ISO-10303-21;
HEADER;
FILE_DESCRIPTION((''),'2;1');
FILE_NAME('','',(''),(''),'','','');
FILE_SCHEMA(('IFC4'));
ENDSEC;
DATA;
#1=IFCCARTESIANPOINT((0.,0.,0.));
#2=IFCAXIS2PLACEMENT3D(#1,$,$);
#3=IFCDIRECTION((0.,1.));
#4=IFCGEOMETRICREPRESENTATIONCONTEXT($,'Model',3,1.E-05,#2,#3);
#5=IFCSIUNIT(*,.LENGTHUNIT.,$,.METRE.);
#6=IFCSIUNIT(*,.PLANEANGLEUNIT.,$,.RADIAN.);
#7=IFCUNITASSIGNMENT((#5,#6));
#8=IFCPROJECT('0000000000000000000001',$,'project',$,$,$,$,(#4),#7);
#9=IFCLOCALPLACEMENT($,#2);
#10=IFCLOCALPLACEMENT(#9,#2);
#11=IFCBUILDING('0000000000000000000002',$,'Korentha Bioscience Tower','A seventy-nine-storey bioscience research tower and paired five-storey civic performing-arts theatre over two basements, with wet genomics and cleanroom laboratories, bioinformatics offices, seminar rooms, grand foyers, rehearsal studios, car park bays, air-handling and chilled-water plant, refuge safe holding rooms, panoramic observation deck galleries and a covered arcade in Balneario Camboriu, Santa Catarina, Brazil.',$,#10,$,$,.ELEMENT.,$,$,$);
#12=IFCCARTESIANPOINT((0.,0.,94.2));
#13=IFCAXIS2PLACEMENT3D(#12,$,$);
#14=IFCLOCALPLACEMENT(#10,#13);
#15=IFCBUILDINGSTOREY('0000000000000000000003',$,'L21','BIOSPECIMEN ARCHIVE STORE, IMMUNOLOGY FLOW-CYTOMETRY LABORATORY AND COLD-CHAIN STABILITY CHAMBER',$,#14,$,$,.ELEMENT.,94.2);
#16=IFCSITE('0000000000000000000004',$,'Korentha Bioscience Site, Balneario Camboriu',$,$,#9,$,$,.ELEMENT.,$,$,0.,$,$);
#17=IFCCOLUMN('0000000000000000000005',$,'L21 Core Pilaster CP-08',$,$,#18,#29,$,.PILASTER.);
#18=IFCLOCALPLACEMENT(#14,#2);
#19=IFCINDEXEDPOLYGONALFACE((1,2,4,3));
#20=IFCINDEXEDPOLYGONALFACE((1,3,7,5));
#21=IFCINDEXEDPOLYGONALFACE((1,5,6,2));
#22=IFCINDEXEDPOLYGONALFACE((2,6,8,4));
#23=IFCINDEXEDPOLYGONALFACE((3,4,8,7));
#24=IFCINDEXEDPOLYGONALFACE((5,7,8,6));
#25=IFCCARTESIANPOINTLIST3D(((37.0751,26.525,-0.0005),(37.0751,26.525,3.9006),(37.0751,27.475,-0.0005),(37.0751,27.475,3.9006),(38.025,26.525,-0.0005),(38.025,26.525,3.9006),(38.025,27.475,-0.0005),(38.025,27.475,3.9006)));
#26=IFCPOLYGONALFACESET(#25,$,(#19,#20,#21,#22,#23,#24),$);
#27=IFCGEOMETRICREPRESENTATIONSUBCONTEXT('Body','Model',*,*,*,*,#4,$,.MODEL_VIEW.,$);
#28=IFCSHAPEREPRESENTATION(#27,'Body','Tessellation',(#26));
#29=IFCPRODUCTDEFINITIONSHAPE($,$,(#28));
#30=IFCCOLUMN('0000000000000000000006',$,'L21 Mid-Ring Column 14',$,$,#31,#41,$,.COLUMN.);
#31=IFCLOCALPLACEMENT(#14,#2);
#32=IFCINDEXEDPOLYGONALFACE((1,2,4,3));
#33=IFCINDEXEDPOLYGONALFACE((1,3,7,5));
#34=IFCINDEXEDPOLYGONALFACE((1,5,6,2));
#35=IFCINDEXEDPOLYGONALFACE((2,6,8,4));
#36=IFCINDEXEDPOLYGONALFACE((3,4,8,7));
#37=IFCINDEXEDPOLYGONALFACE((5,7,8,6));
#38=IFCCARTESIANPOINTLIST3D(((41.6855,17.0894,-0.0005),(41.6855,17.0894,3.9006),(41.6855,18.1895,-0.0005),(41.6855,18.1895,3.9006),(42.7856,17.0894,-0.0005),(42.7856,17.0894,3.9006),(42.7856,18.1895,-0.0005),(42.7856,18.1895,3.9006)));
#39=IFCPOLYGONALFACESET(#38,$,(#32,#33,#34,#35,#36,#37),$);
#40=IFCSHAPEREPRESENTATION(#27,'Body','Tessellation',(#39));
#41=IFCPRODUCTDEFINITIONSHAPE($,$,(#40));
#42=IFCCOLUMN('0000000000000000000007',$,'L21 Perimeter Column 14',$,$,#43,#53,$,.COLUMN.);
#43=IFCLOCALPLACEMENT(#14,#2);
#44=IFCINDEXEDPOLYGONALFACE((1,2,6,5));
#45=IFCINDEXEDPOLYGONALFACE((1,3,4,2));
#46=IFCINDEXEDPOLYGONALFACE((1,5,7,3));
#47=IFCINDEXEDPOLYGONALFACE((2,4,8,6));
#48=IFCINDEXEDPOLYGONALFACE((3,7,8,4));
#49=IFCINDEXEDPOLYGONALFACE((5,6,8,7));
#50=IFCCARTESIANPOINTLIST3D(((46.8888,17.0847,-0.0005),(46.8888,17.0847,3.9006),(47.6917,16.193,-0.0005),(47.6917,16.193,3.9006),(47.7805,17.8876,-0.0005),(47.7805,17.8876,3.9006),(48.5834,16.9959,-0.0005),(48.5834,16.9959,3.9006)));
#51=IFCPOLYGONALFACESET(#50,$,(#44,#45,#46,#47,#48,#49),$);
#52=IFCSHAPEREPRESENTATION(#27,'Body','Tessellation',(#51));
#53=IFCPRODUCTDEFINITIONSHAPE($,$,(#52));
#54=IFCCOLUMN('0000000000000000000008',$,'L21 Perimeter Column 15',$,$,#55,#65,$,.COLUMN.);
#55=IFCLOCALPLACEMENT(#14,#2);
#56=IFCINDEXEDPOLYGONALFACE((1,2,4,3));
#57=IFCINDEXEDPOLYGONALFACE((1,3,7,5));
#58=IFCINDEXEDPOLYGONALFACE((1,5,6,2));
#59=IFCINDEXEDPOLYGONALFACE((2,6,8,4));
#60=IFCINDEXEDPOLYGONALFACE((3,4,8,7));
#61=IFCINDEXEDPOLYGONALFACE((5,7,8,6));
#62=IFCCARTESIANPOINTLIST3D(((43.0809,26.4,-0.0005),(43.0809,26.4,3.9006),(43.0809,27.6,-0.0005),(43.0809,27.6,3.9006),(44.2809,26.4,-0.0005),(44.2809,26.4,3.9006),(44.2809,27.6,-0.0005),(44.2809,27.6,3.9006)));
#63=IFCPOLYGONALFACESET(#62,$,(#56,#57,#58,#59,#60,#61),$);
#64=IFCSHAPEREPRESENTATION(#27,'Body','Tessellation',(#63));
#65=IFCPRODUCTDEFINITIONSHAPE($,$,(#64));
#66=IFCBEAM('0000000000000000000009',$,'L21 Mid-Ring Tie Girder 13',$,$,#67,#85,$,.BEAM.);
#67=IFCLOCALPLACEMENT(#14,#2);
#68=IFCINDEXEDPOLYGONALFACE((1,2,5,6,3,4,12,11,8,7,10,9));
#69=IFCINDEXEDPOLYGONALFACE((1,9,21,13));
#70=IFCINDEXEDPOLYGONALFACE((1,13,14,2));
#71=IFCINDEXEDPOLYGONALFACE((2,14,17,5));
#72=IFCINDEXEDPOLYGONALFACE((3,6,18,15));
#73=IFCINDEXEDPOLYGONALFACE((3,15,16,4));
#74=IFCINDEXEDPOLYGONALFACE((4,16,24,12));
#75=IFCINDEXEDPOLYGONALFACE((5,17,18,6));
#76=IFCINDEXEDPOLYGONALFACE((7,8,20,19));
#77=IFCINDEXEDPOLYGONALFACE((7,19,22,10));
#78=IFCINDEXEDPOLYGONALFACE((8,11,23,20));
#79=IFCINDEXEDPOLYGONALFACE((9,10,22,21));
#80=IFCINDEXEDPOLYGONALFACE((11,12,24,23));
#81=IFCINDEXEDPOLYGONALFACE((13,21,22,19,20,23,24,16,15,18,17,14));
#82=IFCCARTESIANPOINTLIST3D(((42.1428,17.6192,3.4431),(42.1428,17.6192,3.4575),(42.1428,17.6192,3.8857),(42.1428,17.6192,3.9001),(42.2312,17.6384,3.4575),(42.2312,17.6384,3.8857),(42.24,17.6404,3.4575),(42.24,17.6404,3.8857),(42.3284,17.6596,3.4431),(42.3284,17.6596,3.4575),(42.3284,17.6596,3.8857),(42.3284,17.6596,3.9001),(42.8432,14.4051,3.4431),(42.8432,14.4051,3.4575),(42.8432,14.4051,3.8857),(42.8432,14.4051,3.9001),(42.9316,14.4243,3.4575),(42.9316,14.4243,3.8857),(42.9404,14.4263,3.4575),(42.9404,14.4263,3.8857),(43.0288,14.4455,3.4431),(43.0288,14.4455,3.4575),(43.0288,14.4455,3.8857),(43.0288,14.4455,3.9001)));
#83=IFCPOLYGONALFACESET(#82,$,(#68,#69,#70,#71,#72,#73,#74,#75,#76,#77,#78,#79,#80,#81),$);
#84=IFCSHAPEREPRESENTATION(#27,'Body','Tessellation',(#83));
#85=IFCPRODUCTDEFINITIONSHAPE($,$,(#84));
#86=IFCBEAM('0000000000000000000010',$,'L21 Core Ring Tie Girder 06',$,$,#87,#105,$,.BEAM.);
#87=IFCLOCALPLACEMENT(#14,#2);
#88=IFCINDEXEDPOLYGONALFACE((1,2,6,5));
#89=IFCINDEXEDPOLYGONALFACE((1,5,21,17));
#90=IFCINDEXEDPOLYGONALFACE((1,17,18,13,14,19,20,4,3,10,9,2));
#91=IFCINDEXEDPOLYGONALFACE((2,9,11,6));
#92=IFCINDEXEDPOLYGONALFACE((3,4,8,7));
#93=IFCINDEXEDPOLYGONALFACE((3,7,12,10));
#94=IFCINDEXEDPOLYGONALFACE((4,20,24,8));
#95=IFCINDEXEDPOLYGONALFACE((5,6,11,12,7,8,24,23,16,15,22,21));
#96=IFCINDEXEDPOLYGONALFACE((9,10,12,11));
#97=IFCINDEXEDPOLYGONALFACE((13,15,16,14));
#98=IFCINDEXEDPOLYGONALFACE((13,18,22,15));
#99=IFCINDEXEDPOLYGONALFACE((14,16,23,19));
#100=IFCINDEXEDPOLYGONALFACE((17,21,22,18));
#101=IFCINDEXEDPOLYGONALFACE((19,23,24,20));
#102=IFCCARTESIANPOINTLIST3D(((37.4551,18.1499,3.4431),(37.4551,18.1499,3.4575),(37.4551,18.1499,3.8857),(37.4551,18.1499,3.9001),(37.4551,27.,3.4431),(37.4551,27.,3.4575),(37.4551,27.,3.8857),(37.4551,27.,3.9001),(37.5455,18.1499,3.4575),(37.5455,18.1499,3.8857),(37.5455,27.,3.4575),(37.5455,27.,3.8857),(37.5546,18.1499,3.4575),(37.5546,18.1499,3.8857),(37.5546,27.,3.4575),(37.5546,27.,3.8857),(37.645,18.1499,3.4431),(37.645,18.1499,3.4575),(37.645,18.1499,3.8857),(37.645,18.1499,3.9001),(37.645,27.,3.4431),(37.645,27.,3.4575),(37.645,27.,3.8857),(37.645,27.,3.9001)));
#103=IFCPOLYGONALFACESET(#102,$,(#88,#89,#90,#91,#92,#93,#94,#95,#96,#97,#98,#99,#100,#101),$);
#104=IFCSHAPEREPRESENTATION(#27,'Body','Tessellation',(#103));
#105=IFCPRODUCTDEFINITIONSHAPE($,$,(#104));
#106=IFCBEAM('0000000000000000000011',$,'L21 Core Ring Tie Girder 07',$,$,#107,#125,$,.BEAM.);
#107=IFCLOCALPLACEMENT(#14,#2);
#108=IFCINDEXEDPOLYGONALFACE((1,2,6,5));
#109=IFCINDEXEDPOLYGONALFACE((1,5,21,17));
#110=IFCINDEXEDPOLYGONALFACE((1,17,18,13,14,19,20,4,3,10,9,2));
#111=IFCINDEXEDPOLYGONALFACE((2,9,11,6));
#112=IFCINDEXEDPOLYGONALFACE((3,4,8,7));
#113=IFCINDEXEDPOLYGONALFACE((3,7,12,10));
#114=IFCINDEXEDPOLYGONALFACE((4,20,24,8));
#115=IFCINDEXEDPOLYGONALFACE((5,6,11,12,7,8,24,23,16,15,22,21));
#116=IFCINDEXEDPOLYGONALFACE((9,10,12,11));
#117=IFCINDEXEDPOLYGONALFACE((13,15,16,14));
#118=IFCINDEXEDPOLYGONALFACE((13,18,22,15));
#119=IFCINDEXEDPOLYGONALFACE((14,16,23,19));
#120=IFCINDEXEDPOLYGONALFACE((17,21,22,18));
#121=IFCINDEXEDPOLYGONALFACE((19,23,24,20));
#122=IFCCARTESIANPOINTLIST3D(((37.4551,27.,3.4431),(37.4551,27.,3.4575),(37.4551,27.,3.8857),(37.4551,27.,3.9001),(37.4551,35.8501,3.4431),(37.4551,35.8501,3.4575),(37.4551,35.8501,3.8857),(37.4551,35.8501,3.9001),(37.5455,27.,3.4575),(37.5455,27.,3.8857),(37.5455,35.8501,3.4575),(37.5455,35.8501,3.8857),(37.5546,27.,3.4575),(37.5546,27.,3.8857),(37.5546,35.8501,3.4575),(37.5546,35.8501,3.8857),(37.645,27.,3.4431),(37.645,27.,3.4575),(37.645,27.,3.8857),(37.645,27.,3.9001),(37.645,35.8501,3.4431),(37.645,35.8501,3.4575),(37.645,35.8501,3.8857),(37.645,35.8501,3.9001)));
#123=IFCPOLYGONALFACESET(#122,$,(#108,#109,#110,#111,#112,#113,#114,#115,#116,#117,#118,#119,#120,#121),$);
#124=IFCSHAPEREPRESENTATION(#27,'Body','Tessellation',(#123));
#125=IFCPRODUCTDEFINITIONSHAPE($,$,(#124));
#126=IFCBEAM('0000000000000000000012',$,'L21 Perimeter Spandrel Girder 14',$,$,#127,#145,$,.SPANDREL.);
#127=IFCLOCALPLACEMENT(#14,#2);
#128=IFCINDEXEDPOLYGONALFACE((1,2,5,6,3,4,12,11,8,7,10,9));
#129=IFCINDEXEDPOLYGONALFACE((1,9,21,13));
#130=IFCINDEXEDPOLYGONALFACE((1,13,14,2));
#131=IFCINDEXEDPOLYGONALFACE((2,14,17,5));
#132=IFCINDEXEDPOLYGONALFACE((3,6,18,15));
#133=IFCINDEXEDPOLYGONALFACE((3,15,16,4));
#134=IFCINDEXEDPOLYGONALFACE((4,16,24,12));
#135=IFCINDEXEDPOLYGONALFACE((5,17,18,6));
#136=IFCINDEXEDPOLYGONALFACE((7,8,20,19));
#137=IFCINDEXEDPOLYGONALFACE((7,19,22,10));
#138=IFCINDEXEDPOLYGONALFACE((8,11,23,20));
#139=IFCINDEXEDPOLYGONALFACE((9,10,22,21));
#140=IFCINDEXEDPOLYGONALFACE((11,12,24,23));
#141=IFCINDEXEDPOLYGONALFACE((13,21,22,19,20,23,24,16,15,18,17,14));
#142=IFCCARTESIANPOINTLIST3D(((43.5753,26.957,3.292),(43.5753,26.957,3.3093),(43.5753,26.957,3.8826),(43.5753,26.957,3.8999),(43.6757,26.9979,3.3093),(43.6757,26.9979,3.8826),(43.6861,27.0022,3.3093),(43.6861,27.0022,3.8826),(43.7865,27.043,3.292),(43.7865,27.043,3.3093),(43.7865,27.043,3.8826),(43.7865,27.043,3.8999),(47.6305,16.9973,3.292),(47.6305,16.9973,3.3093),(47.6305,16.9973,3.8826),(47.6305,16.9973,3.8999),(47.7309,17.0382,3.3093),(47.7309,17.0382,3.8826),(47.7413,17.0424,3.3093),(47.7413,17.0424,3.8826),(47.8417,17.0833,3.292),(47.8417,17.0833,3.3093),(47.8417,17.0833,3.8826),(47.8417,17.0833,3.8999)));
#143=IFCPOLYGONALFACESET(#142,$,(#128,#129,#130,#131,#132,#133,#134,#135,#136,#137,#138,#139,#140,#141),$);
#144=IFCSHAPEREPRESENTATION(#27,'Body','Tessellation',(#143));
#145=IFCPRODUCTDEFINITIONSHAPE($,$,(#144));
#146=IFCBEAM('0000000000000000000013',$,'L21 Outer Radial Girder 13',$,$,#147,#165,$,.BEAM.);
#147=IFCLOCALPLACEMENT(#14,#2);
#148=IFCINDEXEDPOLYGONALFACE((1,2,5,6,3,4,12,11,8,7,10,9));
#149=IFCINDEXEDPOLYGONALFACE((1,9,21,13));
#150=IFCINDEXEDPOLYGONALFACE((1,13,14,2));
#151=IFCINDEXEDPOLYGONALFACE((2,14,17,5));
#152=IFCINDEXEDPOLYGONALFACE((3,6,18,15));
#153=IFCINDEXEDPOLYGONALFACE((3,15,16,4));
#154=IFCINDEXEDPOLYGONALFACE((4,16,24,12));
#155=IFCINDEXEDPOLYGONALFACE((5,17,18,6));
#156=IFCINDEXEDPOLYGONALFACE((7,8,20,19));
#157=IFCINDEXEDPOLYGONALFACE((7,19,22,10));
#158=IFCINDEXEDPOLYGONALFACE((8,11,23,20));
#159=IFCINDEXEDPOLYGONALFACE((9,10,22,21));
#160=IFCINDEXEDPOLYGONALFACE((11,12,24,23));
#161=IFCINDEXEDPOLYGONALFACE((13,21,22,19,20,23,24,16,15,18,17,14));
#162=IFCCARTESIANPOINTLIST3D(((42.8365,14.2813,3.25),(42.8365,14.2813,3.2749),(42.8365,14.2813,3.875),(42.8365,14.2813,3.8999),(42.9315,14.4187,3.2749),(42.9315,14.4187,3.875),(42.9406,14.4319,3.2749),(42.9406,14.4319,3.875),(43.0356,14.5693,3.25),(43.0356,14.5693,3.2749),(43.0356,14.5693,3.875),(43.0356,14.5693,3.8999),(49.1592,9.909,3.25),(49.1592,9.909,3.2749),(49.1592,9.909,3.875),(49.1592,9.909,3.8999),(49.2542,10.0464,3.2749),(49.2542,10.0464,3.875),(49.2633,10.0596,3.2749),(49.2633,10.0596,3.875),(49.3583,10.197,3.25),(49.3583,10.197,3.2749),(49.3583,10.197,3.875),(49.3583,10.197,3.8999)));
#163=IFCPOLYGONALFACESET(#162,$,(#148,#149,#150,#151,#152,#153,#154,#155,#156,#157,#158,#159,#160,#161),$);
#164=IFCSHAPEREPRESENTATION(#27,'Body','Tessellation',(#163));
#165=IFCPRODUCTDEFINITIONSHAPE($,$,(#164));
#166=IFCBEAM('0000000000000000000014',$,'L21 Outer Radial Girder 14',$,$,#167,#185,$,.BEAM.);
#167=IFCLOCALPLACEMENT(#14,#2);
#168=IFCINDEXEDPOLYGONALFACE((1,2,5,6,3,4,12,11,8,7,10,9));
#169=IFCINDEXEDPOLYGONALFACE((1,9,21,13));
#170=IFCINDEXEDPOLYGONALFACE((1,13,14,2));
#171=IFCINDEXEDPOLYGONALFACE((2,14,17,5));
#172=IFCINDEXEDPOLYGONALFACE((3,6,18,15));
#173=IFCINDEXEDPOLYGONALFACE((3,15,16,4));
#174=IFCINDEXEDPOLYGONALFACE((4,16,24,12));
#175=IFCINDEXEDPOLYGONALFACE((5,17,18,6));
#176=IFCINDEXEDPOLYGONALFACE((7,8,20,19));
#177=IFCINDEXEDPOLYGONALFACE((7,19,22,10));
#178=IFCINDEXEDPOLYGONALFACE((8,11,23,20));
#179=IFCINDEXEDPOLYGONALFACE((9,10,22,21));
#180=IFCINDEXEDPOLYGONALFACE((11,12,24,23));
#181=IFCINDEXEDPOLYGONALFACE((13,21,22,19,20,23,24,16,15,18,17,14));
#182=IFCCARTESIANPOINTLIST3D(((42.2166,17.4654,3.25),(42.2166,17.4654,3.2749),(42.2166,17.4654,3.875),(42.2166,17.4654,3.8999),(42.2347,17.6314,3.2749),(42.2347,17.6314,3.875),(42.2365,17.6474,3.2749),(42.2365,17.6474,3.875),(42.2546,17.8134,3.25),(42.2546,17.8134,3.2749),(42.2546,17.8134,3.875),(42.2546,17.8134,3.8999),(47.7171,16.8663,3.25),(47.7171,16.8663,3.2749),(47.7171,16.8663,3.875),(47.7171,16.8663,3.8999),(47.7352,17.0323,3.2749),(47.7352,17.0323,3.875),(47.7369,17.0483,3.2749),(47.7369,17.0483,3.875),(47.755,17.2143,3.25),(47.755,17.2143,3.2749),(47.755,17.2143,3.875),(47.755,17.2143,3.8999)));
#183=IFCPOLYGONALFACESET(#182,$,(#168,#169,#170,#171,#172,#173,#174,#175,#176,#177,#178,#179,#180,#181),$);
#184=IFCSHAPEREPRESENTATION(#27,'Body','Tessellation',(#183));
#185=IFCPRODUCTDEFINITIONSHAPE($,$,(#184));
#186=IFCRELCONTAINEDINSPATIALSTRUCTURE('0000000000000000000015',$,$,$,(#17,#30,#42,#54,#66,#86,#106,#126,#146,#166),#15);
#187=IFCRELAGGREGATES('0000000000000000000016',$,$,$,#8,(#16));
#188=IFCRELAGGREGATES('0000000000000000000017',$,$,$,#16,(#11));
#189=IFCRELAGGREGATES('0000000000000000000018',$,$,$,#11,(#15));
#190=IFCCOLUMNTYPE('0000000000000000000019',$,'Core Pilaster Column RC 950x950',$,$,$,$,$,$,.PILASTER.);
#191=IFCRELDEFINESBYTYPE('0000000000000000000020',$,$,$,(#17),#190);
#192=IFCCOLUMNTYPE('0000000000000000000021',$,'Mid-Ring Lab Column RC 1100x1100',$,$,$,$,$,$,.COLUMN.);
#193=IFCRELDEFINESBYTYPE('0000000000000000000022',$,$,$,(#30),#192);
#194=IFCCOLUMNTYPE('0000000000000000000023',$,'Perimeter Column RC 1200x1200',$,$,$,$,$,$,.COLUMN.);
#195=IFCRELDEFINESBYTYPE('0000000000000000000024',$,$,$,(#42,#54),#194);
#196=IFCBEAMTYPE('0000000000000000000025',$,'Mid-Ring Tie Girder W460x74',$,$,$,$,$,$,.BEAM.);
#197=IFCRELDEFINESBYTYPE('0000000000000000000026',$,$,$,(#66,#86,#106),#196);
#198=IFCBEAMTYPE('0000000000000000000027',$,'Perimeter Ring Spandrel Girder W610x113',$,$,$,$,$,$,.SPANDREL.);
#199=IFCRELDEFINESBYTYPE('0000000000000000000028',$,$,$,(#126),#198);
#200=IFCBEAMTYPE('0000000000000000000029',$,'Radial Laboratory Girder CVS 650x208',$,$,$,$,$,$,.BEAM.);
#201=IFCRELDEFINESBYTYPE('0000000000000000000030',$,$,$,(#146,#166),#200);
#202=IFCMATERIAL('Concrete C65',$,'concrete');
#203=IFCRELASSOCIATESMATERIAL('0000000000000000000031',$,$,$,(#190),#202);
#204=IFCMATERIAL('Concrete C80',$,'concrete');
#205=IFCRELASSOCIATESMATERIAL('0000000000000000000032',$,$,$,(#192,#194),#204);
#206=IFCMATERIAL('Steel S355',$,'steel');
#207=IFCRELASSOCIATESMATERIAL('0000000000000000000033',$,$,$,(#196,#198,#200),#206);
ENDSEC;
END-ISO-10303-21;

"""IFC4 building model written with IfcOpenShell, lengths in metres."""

from ifc_helpers import new_model, si_unit, direction, frame, origin, origin_2d, place, context, subcontext, project, spatial, rectangle, i_section, extrude, material, material_profile, profile_set, type_object, element, save


model = new_model("IFC4")

# Units and contexts
model_context = context("Model", 3, precision=1e-05, world=origin(), true_north=direction((0.0, 1.0)))
body_context = subcontext(model_context, "Body", "Model", "MODEL_VIEW")
ifc_project = project(units=[si_unit("LENGTHUNIT", "METRE"), si_unit("PLANEANGLEUNIT", "RADIAN")], contexts=[model_context])

# Site, building, storey
site_placement = place(None, origin())
site = spatial("IfcSite", under=ifc_project, at=site_placement, Name="Korentha Bioscience Site, Balneario Camboriu", CompositionType="ELEMENT", RefElevation=0.0)
building_placement = place(site_placement, origin())
building = spatial("IfcBuilding", under=site, at=building_placement, Name="Korentha Bioscience Tower", Description="A seventy-nine-storey bioscience research tower and paired five-storey civic performing-arts theatre over two basements, with wet genomics and cleanroom laboratories, bioinformatics offices, seminar rooms, grand foyers, rehearsal studios, car park bays, air-handling and chilled-water plant, refuge safe holding rooms, panoramic observation deck galleries and a covered arcade in Balneario Camboriu, Santa Catarina, Brazil.", CompositionType="ELEMENT")
storey_placement = place(building_placement, frame((0.0, 0.0, 94.2)))
storey = spatial("IfcBuildingStorey", under=building, at=storey_placement, Name="L21", Description="BIOSPECIMEN ARCHIVE STORE, IMMUNOLOGY FLOW-CYTOMETRY LABORATORY AND COLD-CHAIN STABILITY CHAMBER", CompositionType="ELEMENT", Elevation=94.2)

# Columns
ifc_material_1 = material(Name="Concrete C65", Category="concrete")
ifc_material_profile_1 = material_profile(ifc_material_1, rectangle(XDim=0.95, YDim=0.95, at=origin_2d()), Name="Concrete C65")
ifc_profile_set_1 = profile_set([ifc_material_profile_1], Name="Concrete C65 (COL-CP09)")
column_type_1 = type_object("IfcColumnType", Name="Core Pilaster Column RC 950x950", PredefinedType="PILASTER", material=ifc_profile_set_1)
column_1_placement = place(storey_placement, frame((37.55, 27.0, -0.0005), z_axis=(0.0, 0.0, 1.0), x_axis=(1.0, 0.0, 0.0)))
element("IfcColumn", 1, at=column_1_placement, inside=storey, type_object=column_type_1, Name="L21 Core Pilaster CP-08", PredefinedType="PILASTER", context=body_context, shape_type="SweptSolid", body=[
    extrude(rectangle(XDim=0.95, YDim=0.95, at=origin_2d()), origin(), (0.0, 0.0, 1.0), 3.9011),
])
ifc_material_2 = material(Name="Concrete C80", Category="concrete")
ifc_material_profile_2 = material_profile(ifc_material_2, rectangle(XDim=1.1001, YDim=1.1001, at=origin_2d()), Name="Concrete C80")
ifc_profile_set_2 = profile_set([ifc_material_profile_2], Name="Concrete C80 (COL-MR11)")
column_type_2 = type_object("IfcColumnType", Name="Mid-Ring Lab Column RC 1100x1100", PredefinedType="COLUMN", material=ifc_profile_set_2)
column_2_placement = place(storey_placement, frame((42.2356, 17.6394, -0.0005), z_axis=(0.0, 0.0, 1.0), x_axis=(1.0, 0.0, 0.0)))
element("IfcColumn", 2, at=column_2_placement, inside=storey, type_object=column_type_2, Name="L21 Mid-Ring Column 14", PredefinedType="COLUMN", context=body_context, shape_type="SweptSolid", body=[
    extrude(rectangle(XDim=1.1001, YDim=1.1001, at=origin_2d()), origin(), (0.0, 0.0, 1.0), 3.9011),
])
ifc_material_profile_3 = material_profile(ifc_material_2, rectangle(XDim=1.2, YDim=1.2, at=origin_2d()), Name="Concrete C80")
ifc_profile_set_3 = profile_set([ifc_material_profile_3], Name="Concrete C80 (COL-P12)")
column_type_3 = type_object("IfcColumnType", Name="Perimeter Column RC 1200x1200", PredefinedType="COLUMN", material=ifc_profile_set_3)
for number, where, z_axis, x_axis, name in (
    (3, (47.7361, 17.0403, -0.0005), (0.0, 0.0, 1.0), (-0.669131, 0.743145, 0.0), "L21 Perimeter Column 14"),
    (4, (43.6809, 27.0, -0.0005), (0.0, 0.0, 1.0), (0.0, 1.0, 0.0), "L21 Perimeter Column 15"),
):
    element("IfcColumn", number, at=place(storey_placement, frame(where, z_axis=z_axis, x_axis=x_axis)), inside=storey, type_object=column_type_3, Name=name, PredefinedType="COLUMN", context=body_context, shape_type="SweptSolid", body=[
        extrude(rectangle(XDim=1.2, YDim=1.2, at=origin_2d()), origin(), (0.0, 0.0, 1.0), 3.9011),
    ])

# Beams
ifc_material_3 = material(Name="Steel S355", Category="steel")
ifc_material_profile_4 = material_profile(ifc_material_3, i_section(OverallWidth=0.1899, OverallDepth=0.457, WebThickness=0.009, FlangeThickness=0.0144, at=origin_2d()), Name="Steel S355")
ifc_profile_set_4 = profile_set([ifc_material_profile_4], Name="Steel S355 (MB-460)")
beam_type_1 = type_object("IfcBeamType", Name="Mid-Ring Tie Girder W460x74", PredefinedType="BEAM", material=ifc_profile_set_4)
beam_1_placement = place(storey_placement, frame((42.936, 14.4253, 3.6716), z_axis=(-0.212929, 0.977068, 0.0), x_axis=(-0.977068, -0.212929, 0.0)))
element("IfcBeam", 5, at=beam_1_placement, inside=storey, type_object=beam_type_1, Name="L21 Mid-Ring Tie Girder 13", PredefinedType="BEAM", context=body_context, shape_type="SweptSolid", body=[
    extrude(i_section(OverallWidth=0.1899, OverallDepth=0.457, WebThickness=0.009, FlangeThickness=0.0144, at=origin_2d()), origin(), (0.0, 0.0, 1.0), 3.2896),
])
for number, where, z_axis, x_axis, name in (
    (6, (37.55, 18.1499, 3.6716), (0.0, 1.0, 0.0), (-1.0, 0.0, 0.0), "L21 Core Ring Tie Girder 06"),
    (7, (37.55, 27.0, 3.6716), (0.0, 1.0, 0.0), (-1.0, 0.0, 0.0), "L21 Core Ring Tie Girder 07"),
):
    element("IfcBeam", number, at=place(storey_placement, frame(where, z_axis=z_axis, x_axis=x_axis)), inside=storey, type_object=beam_type_1, Name=name, PredefinedType="BEAM", context=body_context, shape_type="SweptSolid", body=[
        extrude(i_section(OverallWidth=0.1899, OverallDepth=0.457, WebThickness=0.009, FlangeThickness=0.0144, at=origin_2d()), origin(), (0.0, 0.0, 1.0), 8.8501),
    ])
ifc_material_profile_5 = material_profile(ifc_material_3, i_section(OverallWidth=0.228, OverallDepth=0.6079, WebThickness=0.0112, FlangeThickness=0.0173, at=origin_2d()), Name="Steel S355")
ifc_profile_set_5 = profile_set([ifc_material_profile_5], Name="Steel S355 (SB-610)")
beam_type_2 = type_object("IfcBeamType", Name="Perimeter Ring Spandrel Girder W610x113", PredefinedType="SPANDREL", material=ifc_profile_set_5)
beam_2_placement = place(storey_placement, frame((47.7361, 17.0403, 3.5959), z_axis=(-0.377099, 0.926173, 0.0), x_axis=(-0.926173, -0.377099, 0.0)))
element("IfcBeam", 8, at=beam_2_placement, inside=storey, type_object=beam_type_2, Name="L21 Perimeter Spandrel Girder 14", PredefinedType="SPANDREL", context=body_context, shape_type="SweptSolid", body=[
    extrude(i_section(OverallWidth=0.228, OverallDepth=0.6079, WebThickness=0.0112, FlangeThickness=0.0173, at=origin_2d()), origin(), (0.0, 0.0, 1.0), 10.7537),
])
ifc_material_profile_6 = material_profile(ifc_material_3, i_section(OverallWidth=0.3501, OverallDepth=0.6499, WebThickness=0.0161, FlangeThickness=0.0249, at=origin_2d()), Name="Steel S355")
ifc_profile_set_6 = profile_set([ifc_material_profile_6], Name="Steel S355 (RB-650)")
beam_type_3 = type_object("IfcBeamType", Name="Radial Laboratory Girder CVS 650x208", PredefinedType="BEAM", material=ifc_profile_set_6)
beam_3_placement = place(storey_placement, frame((42.936, 14.4253, 3.575), z_axis=(0.822495, -0.568772, 0.0), x_axis=(0.568772, 0.822495, 0.0)))
element("IfcBeam", 9, at=beam_3_placement, inside=storey, type_object=beam_type_3, Name="L21 Outer Radial Girder 13", PredefinedType="BEAM", context=body_context, shape_type="SweptSolid", body=[
    extrude(i_section(OverallWidth=0.3501, OverallDepth=0.6499, WebThickness=0.0161, FlangeThickness=0.0249, at=origin_2d()), origin(), (0.0, 0.0, 1.0), 7.6873),
])
beam_4_placement = place(storey_placement, frame((42.2356, 17.6394, 3.575), z_axis=(0.99412, -0.108281, 0.0), x_axis=(0.108281, 0.99412, 0.0)))
element("IfcBeam", 10, at=beam_4_placement, inside=storey, type_object=beam_type_3, Name="L21 Outer Radial Girder 14", PredefinedType="BEAM", context=body_context, shape_type="SweptSolid", body=[
    extrude(i_section(OverallWidth=0.3501, OverallDepth=0.6499, WebThickness=0.0161, FlangeThickness=0.0249, at=origin_2d()), origin(), (0.0, 0.0, 1.0), 5.533),
])

save(model, "model.ifc")
